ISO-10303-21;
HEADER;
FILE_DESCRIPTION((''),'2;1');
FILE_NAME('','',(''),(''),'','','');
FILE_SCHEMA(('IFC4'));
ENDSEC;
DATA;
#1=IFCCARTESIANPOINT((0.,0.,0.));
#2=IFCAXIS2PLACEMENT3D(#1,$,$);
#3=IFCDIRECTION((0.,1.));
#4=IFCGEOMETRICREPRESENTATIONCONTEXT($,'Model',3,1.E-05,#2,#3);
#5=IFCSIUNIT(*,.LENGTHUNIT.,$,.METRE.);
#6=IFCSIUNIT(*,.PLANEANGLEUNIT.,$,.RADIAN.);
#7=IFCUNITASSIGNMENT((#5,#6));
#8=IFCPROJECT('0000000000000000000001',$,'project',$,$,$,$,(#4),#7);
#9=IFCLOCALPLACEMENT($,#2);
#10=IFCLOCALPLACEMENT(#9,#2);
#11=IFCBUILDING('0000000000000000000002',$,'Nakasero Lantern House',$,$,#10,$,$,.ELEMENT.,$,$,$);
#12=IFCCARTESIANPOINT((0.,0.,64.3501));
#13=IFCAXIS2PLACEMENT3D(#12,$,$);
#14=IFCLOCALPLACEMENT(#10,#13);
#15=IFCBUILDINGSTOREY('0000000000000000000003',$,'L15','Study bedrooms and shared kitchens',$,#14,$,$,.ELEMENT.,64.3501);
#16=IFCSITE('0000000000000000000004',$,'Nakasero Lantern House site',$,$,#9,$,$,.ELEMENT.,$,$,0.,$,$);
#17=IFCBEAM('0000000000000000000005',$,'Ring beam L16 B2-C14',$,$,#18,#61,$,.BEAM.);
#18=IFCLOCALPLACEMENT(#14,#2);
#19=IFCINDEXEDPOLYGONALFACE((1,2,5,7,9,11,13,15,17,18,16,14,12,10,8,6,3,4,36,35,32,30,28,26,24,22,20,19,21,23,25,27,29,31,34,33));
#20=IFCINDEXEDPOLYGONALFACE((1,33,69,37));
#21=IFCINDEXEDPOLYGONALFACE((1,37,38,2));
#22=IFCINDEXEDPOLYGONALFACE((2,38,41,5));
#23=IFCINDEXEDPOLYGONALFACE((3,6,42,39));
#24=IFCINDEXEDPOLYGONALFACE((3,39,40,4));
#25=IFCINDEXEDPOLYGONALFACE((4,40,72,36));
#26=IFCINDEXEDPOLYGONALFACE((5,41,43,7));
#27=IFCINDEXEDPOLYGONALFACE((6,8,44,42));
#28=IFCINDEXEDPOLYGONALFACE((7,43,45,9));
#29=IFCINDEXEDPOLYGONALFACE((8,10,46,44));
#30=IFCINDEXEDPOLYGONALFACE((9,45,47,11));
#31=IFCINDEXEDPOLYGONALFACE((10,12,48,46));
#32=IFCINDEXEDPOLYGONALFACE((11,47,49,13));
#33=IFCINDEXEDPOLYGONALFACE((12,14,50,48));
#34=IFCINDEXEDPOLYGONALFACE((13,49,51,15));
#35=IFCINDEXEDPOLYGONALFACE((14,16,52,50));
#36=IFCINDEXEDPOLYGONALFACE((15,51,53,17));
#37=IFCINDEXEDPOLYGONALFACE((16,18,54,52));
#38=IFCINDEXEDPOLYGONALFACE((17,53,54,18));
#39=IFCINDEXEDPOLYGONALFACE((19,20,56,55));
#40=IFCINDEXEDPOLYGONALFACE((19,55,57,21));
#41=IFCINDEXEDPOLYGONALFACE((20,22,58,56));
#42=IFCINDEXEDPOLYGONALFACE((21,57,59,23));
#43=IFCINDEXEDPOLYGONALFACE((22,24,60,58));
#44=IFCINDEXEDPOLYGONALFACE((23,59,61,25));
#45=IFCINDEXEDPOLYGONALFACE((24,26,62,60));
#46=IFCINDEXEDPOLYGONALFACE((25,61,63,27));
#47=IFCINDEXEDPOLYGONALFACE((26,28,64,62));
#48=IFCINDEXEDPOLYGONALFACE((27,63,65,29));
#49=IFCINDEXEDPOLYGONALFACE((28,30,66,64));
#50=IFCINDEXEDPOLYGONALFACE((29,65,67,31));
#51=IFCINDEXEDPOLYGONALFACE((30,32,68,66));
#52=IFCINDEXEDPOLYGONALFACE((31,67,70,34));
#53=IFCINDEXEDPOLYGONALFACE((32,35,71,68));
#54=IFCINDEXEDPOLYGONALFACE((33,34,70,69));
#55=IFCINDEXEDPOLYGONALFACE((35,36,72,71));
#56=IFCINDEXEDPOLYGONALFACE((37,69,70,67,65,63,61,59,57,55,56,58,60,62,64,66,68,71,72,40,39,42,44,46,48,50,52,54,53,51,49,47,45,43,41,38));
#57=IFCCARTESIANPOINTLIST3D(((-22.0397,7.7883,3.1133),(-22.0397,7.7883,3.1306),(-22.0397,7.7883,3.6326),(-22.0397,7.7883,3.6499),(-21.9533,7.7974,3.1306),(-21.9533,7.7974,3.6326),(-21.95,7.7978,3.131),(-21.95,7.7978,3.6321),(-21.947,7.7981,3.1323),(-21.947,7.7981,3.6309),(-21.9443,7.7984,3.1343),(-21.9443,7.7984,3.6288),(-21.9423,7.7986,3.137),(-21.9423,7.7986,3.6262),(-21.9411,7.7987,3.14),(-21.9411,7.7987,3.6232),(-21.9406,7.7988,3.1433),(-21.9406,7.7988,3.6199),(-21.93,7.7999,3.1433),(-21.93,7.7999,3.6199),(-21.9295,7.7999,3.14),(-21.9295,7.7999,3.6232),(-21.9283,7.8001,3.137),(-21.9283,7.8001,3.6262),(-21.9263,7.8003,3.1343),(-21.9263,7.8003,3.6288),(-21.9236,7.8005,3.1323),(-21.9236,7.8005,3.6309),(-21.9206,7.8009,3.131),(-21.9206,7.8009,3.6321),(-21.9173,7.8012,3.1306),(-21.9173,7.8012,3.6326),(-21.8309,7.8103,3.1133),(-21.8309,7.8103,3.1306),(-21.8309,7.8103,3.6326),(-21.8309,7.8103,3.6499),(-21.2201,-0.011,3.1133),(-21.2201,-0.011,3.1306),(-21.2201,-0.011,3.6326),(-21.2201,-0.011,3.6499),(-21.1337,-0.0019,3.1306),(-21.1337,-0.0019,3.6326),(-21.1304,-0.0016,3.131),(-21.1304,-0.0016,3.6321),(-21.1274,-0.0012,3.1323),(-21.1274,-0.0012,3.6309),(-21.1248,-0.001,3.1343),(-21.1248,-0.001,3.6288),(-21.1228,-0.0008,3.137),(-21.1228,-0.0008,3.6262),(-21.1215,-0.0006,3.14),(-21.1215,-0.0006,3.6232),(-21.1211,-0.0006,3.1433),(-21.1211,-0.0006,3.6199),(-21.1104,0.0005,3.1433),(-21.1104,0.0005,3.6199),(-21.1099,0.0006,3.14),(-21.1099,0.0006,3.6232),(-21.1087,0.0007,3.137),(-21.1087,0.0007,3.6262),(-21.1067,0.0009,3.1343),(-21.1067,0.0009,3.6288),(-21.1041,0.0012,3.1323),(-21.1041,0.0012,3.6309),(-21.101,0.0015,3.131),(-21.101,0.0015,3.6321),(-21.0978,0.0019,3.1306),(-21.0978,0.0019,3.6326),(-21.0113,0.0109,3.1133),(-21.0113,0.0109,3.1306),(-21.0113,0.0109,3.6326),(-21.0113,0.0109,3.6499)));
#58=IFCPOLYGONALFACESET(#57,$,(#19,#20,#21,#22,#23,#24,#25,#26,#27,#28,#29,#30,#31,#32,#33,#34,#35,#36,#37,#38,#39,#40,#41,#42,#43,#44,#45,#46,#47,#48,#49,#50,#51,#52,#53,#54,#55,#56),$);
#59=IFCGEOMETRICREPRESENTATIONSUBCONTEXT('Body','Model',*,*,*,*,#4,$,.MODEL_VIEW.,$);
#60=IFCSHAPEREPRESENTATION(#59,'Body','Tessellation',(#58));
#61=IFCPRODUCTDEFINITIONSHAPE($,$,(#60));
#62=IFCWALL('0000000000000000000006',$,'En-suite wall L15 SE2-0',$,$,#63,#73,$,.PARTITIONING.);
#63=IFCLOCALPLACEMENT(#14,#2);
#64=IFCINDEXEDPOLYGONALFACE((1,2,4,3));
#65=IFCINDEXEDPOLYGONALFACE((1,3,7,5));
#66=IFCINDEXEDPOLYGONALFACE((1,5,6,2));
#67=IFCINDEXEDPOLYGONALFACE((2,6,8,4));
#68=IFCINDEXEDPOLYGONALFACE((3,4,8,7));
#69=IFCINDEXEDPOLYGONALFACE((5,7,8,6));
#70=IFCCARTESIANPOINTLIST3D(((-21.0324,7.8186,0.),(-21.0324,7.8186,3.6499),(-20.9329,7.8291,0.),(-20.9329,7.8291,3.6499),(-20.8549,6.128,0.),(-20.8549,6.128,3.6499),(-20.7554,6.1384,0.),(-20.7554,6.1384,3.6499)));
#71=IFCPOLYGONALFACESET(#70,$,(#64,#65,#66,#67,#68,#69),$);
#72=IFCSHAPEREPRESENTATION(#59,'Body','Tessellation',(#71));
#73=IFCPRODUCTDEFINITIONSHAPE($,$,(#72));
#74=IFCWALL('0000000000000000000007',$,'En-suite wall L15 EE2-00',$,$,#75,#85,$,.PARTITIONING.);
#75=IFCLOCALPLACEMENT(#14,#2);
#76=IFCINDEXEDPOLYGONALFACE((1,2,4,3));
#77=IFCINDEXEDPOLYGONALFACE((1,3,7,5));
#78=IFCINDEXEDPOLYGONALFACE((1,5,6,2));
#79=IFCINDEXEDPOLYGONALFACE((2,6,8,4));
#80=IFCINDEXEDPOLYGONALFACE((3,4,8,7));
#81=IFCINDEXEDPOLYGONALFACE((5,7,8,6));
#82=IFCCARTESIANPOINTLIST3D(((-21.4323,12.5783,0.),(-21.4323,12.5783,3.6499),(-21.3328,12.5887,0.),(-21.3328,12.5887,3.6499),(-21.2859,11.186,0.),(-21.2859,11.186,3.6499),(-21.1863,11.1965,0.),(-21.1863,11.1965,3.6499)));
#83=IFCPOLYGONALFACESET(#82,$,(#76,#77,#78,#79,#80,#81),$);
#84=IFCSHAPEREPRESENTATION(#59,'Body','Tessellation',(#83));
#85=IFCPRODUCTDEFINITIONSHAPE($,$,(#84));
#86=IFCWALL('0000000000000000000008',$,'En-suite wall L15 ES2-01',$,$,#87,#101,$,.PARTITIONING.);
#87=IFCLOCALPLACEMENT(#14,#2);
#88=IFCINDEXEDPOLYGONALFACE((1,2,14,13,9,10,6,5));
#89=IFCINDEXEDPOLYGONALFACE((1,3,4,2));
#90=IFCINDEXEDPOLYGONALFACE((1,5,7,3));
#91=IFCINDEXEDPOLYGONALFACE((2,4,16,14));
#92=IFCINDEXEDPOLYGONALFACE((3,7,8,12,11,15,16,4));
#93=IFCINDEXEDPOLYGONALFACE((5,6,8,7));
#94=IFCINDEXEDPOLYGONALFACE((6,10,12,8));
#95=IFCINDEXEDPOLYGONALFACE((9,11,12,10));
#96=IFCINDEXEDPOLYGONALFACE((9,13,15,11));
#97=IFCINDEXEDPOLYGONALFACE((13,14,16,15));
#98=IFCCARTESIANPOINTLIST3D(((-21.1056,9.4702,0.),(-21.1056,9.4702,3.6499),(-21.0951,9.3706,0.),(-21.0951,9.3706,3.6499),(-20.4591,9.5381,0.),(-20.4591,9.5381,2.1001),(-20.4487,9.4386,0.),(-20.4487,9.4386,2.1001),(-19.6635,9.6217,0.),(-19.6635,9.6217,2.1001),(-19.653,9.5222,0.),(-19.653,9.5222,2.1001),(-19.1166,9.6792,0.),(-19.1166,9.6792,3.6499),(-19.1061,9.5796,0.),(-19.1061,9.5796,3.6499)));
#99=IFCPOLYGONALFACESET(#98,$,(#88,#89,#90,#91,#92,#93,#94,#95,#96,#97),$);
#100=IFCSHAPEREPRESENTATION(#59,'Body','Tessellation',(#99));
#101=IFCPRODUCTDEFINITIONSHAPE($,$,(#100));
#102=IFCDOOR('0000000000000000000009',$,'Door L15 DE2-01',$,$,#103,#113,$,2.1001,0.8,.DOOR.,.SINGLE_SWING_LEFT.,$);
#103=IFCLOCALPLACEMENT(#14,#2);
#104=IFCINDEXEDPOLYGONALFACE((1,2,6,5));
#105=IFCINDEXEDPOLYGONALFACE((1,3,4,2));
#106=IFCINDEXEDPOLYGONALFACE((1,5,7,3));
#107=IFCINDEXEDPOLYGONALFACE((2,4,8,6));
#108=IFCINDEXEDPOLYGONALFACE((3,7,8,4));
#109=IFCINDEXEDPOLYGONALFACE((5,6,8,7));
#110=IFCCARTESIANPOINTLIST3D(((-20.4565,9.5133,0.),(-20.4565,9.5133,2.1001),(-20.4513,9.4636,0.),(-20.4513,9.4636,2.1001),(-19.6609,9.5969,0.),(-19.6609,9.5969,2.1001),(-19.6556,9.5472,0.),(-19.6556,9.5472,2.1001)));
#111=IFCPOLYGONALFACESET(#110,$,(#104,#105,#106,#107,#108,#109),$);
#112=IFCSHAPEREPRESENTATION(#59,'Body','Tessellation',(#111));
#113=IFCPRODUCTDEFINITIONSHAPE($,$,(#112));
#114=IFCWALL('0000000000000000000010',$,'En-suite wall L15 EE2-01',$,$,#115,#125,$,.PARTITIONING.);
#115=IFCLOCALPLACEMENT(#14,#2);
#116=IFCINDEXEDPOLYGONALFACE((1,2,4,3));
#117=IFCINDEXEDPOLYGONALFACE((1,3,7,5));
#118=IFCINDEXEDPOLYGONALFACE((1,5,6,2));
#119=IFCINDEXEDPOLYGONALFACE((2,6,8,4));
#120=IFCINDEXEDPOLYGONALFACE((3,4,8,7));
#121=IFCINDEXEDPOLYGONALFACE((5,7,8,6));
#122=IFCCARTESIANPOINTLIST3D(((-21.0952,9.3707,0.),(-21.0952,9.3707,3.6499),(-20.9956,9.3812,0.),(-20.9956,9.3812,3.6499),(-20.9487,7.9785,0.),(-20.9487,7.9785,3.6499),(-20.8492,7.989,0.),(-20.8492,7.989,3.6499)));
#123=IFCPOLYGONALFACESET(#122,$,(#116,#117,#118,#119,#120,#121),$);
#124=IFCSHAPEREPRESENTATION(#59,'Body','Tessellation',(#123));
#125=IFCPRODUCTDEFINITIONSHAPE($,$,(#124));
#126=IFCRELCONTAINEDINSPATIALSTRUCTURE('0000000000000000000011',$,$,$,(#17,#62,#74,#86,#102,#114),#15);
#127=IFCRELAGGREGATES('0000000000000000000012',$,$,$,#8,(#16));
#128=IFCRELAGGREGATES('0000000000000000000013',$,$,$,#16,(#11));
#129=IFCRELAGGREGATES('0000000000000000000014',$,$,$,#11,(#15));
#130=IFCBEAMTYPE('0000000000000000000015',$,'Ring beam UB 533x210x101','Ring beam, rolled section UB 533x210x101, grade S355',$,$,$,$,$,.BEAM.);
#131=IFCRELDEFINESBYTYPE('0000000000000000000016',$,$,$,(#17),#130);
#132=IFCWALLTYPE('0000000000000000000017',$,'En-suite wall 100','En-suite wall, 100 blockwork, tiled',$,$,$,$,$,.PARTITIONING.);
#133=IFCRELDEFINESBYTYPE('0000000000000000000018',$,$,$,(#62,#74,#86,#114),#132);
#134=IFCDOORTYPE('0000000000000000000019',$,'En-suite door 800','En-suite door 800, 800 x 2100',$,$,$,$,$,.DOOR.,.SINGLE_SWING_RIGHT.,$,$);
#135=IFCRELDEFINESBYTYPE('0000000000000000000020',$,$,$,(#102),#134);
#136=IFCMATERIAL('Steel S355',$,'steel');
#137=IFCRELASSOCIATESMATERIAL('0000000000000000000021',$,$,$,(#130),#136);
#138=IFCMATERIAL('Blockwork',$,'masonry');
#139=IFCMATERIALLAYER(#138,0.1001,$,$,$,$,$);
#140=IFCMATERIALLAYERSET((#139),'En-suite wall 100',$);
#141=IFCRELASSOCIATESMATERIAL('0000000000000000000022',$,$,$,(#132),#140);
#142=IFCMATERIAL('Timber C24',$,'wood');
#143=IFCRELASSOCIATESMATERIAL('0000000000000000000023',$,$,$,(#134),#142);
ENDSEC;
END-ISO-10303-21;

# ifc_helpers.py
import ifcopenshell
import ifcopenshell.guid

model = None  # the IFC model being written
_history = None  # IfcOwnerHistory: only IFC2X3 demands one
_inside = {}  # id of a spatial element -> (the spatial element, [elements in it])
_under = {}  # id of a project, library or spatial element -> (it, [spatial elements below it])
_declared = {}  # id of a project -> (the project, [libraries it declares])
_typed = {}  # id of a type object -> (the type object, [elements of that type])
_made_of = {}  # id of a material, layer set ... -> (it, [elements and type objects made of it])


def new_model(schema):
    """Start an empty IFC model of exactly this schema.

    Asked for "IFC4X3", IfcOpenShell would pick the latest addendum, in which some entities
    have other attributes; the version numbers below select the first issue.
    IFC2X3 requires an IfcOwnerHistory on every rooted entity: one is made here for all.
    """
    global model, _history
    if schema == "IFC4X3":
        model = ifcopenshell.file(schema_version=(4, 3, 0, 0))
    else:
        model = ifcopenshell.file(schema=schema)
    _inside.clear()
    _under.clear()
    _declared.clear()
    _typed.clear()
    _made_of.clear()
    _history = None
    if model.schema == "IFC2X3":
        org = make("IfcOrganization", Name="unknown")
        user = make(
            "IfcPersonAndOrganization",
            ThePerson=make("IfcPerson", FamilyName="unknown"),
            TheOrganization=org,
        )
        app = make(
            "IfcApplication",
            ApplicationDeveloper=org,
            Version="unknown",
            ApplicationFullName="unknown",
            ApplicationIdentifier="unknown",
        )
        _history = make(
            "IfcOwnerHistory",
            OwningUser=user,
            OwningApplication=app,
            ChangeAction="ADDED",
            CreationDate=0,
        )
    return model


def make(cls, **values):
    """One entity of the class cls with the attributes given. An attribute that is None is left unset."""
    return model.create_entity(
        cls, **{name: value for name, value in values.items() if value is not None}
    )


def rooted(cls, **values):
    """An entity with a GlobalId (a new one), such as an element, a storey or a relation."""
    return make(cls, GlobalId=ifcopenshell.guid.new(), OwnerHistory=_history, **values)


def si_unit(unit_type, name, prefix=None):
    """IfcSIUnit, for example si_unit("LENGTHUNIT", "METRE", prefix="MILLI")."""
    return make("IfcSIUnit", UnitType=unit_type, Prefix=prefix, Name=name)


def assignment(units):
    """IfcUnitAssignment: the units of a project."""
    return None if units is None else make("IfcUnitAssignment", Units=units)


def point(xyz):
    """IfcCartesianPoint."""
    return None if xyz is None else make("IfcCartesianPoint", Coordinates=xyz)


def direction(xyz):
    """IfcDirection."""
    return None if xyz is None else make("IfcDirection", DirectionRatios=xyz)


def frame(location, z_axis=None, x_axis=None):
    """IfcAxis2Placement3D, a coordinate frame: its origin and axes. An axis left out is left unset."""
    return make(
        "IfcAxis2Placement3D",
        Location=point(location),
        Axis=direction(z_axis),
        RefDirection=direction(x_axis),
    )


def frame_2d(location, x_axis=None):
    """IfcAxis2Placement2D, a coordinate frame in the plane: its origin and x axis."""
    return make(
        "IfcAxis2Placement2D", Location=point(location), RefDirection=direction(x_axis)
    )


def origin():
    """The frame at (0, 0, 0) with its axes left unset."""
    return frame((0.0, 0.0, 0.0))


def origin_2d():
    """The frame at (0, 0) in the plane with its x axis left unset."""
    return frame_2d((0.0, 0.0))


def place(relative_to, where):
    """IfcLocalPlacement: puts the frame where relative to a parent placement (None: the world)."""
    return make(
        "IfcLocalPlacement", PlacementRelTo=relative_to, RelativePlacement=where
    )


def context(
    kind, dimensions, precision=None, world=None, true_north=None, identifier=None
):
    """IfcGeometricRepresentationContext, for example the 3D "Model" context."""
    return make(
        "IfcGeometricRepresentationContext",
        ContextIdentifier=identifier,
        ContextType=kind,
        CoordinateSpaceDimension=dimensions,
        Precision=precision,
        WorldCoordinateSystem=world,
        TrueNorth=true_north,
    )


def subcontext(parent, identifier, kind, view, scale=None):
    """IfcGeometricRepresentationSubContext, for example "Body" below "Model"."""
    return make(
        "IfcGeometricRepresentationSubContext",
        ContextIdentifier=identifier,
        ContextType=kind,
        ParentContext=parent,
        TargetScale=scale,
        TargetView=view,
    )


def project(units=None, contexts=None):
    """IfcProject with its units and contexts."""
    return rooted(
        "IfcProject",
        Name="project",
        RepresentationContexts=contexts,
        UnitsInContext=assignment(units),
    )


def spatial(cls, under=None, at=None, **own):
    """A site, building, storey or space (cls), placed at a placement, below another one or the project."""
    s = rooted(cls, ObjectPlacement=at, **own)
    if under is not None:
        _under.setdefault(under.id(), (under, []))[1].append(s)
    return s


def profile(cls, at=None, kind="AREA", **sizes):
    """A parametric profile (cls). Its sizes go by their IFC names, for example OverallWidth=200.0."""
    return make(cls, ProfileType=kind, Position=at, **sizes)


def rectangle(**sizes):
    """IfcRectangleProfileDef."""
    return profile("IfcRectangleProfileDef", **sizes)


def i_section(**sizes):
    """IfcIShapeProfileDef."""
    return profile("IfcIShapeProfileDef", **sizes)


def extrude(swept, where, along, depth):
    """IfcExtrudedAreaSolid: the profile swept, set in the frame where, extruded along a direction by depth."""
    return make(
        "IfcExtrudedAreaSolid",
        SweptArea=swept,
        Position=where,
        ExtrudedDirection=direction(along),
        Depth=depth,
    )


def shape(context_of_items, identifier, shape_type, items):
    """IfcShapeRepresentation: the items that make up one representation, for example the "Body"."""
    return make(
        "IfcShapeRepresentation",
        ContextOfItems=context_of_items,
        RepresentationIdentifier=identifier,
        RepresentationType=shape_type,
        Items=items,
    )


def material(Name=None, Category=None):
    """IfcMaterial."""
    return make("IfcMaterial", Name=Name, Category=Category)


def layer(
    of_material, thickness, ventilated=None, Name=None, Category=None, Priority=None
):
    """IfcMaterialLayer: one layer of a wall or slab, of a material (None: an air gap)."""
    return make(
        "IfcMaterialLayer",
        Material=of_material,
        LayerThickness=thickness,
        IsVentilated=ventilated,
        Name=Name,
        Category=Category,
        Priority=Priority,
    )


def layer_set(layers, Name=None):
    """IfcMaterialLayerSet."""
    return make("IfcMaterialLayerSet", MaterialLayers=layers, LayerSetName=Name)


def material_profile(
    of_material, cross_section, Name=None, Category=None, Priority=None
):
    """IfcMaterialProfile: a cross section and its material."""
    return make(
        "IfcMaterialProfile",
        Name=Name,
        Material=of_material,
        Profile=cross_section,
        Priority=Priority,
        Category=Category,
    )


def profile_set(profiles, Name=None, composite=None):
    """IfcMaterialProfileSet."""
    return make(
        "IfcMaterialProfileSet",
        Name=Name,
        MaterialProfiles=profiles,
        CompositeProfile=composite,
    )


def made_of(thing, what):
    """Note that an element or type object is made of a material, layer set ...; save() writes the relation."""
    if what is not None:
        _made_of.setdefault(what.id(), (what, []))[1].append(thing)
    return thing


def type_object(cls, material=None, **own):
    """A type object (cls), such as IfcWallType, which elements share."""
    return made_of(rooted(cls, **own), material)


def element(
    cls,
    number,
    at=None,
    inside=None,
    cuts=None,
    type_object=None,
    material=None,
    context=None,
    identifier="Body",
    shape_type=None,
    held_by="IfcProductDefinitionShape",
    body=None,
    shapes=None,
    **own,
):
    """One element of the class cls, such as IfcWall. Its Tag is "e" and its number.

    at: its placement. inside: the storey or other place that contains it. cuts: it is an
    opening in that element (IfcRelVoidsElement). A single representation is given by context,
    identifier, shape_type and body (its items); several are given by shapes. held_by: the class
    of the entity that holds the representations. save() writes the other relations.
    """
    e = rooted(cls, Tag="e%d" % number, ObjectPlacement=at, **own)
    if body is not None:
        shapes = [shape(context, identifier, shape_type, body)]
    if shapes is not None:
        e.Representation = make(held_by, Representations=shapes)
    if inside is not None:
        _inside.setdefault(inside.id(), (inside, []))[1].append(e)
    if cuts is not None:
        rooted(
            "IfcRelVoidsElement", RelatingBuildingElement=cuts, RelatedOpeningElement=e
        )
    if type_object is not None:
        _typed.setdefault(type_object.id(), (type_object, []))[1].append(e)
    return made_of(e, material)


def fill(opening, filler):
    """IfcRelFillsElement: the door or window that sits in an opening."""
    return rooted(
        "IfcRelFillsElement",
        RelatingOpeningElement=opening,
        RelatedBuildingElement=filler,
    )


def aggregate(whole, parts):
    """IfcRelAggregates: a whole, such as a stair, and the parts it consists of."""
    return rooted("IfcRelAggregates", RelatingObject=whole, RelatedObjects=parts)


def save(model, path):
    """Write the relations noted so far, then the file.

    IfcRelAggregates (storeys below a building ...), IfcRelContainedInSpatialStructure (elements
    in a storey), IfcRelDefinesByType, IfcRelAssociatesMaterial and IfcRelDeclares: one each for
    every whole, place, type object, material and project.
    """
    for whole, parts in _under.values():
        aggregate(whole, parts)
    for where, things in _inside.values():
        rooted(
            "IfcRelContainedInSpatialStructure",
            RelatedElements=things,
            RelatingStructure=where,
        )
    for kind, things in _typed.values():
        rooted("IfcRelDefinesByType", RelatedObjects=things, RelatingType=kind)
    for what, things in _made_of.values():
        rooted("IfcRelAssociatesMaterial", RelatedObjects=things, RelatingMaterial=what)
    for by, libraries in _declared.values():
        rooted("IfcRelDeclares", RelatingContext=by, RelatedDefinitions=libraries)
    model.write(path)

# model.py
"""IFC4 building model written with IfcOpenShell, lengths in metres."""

from ifc_helpers import new_model, si_unit, direction, frame, frame_2d, origin, origin_2d, place, context, subcontext, project, spatial, rectangle, i_section, extrude, material, layer, layer_set, material_profile, profile_set, type_object, element, fill, save


model = new_model("IFC4")

# Units and contexts
model_context = context("Model", 3, precision=1e-05, world=origin(), true_north=direction((0.0, 1.0)))
body_context = subcontext(model_context, "Body", "Model", "MODEL_VIEW")
ifc_project = project(units=[si_unit("LENGTHUNIT", "METRE"), si_unit("PLANEANGLEUNIT", "RADIAN")], contexts=[model_context])

# Site, building, storey
site_placement = place(None, origin())
site = spatial("IfcSite", under=ifc_project, at=site_placement, Name="Nakasero Lantern House site", CompositionType="ELEMENT", RefElevation=0.0)
building_placement = place(site_placement, origin())
building = spatial("IfcBuilding", under=site, at=building_placement, Name="Nakasero Lantern House", CompositionType="ELEMENT")
storey_placement = place(building_placement, frame((0.0, 0.0, 64.3501)))
storey = spatial("IfcBuildingStorey", under=building, at=storey_placement, Name="L15", Description="Study bedrooms and shared kitchens", CompositionType="ELEMENT", Elevation=64.3501)

# Beam
ifc_material_1 = material(Name="Steel S355", Category="steel")
ifc_material_profile_1 = material_profile(ifc_material_1, i_section(OverallWidth=0.21, OverallDepth=0.5366, WebThickness=0.0107, FlangeThickness=0.0173, FilletRadius=0.0127, at=origin_2d()), Name="UB 533x210x101")
ifc_profile_set_1 = profile_set([ifc_material_profile_1], Name="Steel S355")
beam_type_1 = type_object("IfcBeamType", Name="Ring beam UB 533x210x101", Description="Ring beam, rolled section UB 533x210x101, grade S355", PredefinedType="BEAM", material=ifc_profile_set_1)
beam_1_placement = place(storey_placement, frame((-21.9353, 7.7993, 3.3816), z_axis=(0.104508, -0.994524, 0.0), x_axis=(0.994524, 0.104508, 0.0)))
element("IfcBeam", 1, at=beam_1_placement, inside=storey, type_object=beam_type_1, Name="Ring beam L16 B2-C14", PredefinedType="BEAM", context=body_context, shape_type="SweptSolid", body=[
    extrude(i_section(OverallWidth=0.21, OverallDepth=0.5366, WebThickness=0.0107, FlangeThickness=0.0173, FilletRadius=0.0127, at=origin_2d()), origin(), (0.0, 0.0, 1.0), 7.8423),
])

# Walls
ifc_material_2 = material(Name="Blockwork", Category="masonry")
ifc_layer_1 = layer(ifc_material_2, 0.1001)
ifc_layer_set_1 = layer_set([ifc_layer_1], Name="En-suite wall 100")
wall_type_1 = type_object("IfcWallType", Name="En-suite wall 100", Description="En-suite wall, 100 blockwork, tiled", PredefinedType="PARTITIONING", material=ifc_layer_set_1)
wall_1_placement = place(storey_placement, frame((-20.9827, 7.824, 0.0), z_axis=(0.0, 0.0, 1.0), x_axis=(0.104408, -0.994535, 0.0)))
element("IfcWall", 2, at=wall_1_placement, inside=storey, type_object=wall_type_1, Name="En-suite wall L15 SE2-0", PredefinedType="PARTITIONING", context=body_context, shape_type="SweptSolid", body=[
    extrude(rectangle(XDim=1.7, YDim=0.1001, at=frame_2d((0.8501, 0.0))), origin(), (0.0, 0.0, 1.0), 3.6499),
])
wall_2_placement = place(storey_placement, frame((-21.3826, 12.5835, 0.0), z_axis=(0.0, 0.0, 1.0), x_axis=(0.10463, -0.994511, 0.0)))
element("IfcWall", 3, at=wall_2_placement, inside=storey, type_object=wall_type_1, Name="En-suite wall L15 EE2-00", PredefinedType="PARTITIONING", context=body_context, shape_type="SweptSolid", body=[
    extrude(rectangle(XDim=1.3999, YDim=0.1001, at=frame_2d((0.7, 0.0))), origin(), (0.0, 0.0, 1.0), 3.6499),
])

# Wall, opening, door
wall_3_placement = place(storey_placement, frame((-19.1113, 9.6294, 0.0), z_axis=(0.0, 0.0, 1.0), x_axis=(-0.994526, -0.104494, 0.0)))
wall_3 = element("IfcWall", 4, at=wall_3_placement, inside=storey, type_object=wall_type_1, Name="En-suite wall L15 ES2-01", PredefinedType="PARTITIONING", context=body_context, shape_type="SweptSolid", body=[
    extrude(rectangle(XDim=2.0, YDim=0.1001, at=frame_2d((1.0, 0.0))), origin(), (0.0, 0.0, 1.0), 3.6499),
])
opening_1_placement = place(wall_3_placement, frame((0.55, 0.0, 0.0)))
opening_1 = element("IfcOpeningElement", 5, at=opening_1_placement, cuts=wall_3, PredefinedType="OPENING", context=body_context, shape_type="SweptSolid", body=[
    extrude(rectangle(XDim=0.8, YDim=2.1001, at=frame_2d((0.3999, 1.05))), frame((0.0, 0.0701, 0.0), z_axis=(0.0, -1.0, 0.0), x_axis=(1.0, 0.0, 0.0)), (0.0, 0.0, 1.0), 0.1401),
])
ifc_material_3 = material(Name="Timber C24", Category="wood")
door_type_1 = type_object("IfcDoorType", Name="En-suite door 800", Description="En-suite door 800, 800 x 2100", OperationType="SINGLE_SWING_RIGHT", PredefinedType="DOOR", material=ifc_material_3)
door_1_placement = place(opening_1_placement, origin())
door_1 = element("IfcDoor", 6, at=door_1_placement, inside=storey, type_object=door_type_1, Name="Door L15 DE2-01", OperationType="SINGLE_SWING_LEFT", OverallHeight=2.1001, OverallWidth=0.8, PredefinedType="DOOR", context=body_context, shape_type="SweptSolid", body=[
    extrude(rectangle(XDim=0.8, YDim=2.1001, at=frame_2d((0.3999, 1.05))), frame((0.0, 0.0249, 0.0), z_axis=(0.0, -1.0, 0.0), x_axis=(1.0, 0.0, 0.0)), (0.0, 0.0, 1.0), 0.05),
])
fill(opening_1, door_1)

# Wall
wall_4_placement = place(storey_placement, frame((-21.0454, 9.376, 0.0), z_axis=(0.0, 0.0, 1.0), x_axis=(0.10463, -0.994511, 0.0)))
element("IfcWall", 7, at=wall_4_placement, inside=storey, type_object=wall_type_1, Name="En-suite wall L15 EE2-01", PredefinedType="PARTITIONING", context=body_context, shape_type="SweptSolid", body=[
    extrude(rectangle(XDim=1.3999, YDim=0.1001, at=frame_2d((0.7, 0.0))), origin(), (0.0, 0.0, 1.0), 3.6499),
])

save(model, "model.ifc")
